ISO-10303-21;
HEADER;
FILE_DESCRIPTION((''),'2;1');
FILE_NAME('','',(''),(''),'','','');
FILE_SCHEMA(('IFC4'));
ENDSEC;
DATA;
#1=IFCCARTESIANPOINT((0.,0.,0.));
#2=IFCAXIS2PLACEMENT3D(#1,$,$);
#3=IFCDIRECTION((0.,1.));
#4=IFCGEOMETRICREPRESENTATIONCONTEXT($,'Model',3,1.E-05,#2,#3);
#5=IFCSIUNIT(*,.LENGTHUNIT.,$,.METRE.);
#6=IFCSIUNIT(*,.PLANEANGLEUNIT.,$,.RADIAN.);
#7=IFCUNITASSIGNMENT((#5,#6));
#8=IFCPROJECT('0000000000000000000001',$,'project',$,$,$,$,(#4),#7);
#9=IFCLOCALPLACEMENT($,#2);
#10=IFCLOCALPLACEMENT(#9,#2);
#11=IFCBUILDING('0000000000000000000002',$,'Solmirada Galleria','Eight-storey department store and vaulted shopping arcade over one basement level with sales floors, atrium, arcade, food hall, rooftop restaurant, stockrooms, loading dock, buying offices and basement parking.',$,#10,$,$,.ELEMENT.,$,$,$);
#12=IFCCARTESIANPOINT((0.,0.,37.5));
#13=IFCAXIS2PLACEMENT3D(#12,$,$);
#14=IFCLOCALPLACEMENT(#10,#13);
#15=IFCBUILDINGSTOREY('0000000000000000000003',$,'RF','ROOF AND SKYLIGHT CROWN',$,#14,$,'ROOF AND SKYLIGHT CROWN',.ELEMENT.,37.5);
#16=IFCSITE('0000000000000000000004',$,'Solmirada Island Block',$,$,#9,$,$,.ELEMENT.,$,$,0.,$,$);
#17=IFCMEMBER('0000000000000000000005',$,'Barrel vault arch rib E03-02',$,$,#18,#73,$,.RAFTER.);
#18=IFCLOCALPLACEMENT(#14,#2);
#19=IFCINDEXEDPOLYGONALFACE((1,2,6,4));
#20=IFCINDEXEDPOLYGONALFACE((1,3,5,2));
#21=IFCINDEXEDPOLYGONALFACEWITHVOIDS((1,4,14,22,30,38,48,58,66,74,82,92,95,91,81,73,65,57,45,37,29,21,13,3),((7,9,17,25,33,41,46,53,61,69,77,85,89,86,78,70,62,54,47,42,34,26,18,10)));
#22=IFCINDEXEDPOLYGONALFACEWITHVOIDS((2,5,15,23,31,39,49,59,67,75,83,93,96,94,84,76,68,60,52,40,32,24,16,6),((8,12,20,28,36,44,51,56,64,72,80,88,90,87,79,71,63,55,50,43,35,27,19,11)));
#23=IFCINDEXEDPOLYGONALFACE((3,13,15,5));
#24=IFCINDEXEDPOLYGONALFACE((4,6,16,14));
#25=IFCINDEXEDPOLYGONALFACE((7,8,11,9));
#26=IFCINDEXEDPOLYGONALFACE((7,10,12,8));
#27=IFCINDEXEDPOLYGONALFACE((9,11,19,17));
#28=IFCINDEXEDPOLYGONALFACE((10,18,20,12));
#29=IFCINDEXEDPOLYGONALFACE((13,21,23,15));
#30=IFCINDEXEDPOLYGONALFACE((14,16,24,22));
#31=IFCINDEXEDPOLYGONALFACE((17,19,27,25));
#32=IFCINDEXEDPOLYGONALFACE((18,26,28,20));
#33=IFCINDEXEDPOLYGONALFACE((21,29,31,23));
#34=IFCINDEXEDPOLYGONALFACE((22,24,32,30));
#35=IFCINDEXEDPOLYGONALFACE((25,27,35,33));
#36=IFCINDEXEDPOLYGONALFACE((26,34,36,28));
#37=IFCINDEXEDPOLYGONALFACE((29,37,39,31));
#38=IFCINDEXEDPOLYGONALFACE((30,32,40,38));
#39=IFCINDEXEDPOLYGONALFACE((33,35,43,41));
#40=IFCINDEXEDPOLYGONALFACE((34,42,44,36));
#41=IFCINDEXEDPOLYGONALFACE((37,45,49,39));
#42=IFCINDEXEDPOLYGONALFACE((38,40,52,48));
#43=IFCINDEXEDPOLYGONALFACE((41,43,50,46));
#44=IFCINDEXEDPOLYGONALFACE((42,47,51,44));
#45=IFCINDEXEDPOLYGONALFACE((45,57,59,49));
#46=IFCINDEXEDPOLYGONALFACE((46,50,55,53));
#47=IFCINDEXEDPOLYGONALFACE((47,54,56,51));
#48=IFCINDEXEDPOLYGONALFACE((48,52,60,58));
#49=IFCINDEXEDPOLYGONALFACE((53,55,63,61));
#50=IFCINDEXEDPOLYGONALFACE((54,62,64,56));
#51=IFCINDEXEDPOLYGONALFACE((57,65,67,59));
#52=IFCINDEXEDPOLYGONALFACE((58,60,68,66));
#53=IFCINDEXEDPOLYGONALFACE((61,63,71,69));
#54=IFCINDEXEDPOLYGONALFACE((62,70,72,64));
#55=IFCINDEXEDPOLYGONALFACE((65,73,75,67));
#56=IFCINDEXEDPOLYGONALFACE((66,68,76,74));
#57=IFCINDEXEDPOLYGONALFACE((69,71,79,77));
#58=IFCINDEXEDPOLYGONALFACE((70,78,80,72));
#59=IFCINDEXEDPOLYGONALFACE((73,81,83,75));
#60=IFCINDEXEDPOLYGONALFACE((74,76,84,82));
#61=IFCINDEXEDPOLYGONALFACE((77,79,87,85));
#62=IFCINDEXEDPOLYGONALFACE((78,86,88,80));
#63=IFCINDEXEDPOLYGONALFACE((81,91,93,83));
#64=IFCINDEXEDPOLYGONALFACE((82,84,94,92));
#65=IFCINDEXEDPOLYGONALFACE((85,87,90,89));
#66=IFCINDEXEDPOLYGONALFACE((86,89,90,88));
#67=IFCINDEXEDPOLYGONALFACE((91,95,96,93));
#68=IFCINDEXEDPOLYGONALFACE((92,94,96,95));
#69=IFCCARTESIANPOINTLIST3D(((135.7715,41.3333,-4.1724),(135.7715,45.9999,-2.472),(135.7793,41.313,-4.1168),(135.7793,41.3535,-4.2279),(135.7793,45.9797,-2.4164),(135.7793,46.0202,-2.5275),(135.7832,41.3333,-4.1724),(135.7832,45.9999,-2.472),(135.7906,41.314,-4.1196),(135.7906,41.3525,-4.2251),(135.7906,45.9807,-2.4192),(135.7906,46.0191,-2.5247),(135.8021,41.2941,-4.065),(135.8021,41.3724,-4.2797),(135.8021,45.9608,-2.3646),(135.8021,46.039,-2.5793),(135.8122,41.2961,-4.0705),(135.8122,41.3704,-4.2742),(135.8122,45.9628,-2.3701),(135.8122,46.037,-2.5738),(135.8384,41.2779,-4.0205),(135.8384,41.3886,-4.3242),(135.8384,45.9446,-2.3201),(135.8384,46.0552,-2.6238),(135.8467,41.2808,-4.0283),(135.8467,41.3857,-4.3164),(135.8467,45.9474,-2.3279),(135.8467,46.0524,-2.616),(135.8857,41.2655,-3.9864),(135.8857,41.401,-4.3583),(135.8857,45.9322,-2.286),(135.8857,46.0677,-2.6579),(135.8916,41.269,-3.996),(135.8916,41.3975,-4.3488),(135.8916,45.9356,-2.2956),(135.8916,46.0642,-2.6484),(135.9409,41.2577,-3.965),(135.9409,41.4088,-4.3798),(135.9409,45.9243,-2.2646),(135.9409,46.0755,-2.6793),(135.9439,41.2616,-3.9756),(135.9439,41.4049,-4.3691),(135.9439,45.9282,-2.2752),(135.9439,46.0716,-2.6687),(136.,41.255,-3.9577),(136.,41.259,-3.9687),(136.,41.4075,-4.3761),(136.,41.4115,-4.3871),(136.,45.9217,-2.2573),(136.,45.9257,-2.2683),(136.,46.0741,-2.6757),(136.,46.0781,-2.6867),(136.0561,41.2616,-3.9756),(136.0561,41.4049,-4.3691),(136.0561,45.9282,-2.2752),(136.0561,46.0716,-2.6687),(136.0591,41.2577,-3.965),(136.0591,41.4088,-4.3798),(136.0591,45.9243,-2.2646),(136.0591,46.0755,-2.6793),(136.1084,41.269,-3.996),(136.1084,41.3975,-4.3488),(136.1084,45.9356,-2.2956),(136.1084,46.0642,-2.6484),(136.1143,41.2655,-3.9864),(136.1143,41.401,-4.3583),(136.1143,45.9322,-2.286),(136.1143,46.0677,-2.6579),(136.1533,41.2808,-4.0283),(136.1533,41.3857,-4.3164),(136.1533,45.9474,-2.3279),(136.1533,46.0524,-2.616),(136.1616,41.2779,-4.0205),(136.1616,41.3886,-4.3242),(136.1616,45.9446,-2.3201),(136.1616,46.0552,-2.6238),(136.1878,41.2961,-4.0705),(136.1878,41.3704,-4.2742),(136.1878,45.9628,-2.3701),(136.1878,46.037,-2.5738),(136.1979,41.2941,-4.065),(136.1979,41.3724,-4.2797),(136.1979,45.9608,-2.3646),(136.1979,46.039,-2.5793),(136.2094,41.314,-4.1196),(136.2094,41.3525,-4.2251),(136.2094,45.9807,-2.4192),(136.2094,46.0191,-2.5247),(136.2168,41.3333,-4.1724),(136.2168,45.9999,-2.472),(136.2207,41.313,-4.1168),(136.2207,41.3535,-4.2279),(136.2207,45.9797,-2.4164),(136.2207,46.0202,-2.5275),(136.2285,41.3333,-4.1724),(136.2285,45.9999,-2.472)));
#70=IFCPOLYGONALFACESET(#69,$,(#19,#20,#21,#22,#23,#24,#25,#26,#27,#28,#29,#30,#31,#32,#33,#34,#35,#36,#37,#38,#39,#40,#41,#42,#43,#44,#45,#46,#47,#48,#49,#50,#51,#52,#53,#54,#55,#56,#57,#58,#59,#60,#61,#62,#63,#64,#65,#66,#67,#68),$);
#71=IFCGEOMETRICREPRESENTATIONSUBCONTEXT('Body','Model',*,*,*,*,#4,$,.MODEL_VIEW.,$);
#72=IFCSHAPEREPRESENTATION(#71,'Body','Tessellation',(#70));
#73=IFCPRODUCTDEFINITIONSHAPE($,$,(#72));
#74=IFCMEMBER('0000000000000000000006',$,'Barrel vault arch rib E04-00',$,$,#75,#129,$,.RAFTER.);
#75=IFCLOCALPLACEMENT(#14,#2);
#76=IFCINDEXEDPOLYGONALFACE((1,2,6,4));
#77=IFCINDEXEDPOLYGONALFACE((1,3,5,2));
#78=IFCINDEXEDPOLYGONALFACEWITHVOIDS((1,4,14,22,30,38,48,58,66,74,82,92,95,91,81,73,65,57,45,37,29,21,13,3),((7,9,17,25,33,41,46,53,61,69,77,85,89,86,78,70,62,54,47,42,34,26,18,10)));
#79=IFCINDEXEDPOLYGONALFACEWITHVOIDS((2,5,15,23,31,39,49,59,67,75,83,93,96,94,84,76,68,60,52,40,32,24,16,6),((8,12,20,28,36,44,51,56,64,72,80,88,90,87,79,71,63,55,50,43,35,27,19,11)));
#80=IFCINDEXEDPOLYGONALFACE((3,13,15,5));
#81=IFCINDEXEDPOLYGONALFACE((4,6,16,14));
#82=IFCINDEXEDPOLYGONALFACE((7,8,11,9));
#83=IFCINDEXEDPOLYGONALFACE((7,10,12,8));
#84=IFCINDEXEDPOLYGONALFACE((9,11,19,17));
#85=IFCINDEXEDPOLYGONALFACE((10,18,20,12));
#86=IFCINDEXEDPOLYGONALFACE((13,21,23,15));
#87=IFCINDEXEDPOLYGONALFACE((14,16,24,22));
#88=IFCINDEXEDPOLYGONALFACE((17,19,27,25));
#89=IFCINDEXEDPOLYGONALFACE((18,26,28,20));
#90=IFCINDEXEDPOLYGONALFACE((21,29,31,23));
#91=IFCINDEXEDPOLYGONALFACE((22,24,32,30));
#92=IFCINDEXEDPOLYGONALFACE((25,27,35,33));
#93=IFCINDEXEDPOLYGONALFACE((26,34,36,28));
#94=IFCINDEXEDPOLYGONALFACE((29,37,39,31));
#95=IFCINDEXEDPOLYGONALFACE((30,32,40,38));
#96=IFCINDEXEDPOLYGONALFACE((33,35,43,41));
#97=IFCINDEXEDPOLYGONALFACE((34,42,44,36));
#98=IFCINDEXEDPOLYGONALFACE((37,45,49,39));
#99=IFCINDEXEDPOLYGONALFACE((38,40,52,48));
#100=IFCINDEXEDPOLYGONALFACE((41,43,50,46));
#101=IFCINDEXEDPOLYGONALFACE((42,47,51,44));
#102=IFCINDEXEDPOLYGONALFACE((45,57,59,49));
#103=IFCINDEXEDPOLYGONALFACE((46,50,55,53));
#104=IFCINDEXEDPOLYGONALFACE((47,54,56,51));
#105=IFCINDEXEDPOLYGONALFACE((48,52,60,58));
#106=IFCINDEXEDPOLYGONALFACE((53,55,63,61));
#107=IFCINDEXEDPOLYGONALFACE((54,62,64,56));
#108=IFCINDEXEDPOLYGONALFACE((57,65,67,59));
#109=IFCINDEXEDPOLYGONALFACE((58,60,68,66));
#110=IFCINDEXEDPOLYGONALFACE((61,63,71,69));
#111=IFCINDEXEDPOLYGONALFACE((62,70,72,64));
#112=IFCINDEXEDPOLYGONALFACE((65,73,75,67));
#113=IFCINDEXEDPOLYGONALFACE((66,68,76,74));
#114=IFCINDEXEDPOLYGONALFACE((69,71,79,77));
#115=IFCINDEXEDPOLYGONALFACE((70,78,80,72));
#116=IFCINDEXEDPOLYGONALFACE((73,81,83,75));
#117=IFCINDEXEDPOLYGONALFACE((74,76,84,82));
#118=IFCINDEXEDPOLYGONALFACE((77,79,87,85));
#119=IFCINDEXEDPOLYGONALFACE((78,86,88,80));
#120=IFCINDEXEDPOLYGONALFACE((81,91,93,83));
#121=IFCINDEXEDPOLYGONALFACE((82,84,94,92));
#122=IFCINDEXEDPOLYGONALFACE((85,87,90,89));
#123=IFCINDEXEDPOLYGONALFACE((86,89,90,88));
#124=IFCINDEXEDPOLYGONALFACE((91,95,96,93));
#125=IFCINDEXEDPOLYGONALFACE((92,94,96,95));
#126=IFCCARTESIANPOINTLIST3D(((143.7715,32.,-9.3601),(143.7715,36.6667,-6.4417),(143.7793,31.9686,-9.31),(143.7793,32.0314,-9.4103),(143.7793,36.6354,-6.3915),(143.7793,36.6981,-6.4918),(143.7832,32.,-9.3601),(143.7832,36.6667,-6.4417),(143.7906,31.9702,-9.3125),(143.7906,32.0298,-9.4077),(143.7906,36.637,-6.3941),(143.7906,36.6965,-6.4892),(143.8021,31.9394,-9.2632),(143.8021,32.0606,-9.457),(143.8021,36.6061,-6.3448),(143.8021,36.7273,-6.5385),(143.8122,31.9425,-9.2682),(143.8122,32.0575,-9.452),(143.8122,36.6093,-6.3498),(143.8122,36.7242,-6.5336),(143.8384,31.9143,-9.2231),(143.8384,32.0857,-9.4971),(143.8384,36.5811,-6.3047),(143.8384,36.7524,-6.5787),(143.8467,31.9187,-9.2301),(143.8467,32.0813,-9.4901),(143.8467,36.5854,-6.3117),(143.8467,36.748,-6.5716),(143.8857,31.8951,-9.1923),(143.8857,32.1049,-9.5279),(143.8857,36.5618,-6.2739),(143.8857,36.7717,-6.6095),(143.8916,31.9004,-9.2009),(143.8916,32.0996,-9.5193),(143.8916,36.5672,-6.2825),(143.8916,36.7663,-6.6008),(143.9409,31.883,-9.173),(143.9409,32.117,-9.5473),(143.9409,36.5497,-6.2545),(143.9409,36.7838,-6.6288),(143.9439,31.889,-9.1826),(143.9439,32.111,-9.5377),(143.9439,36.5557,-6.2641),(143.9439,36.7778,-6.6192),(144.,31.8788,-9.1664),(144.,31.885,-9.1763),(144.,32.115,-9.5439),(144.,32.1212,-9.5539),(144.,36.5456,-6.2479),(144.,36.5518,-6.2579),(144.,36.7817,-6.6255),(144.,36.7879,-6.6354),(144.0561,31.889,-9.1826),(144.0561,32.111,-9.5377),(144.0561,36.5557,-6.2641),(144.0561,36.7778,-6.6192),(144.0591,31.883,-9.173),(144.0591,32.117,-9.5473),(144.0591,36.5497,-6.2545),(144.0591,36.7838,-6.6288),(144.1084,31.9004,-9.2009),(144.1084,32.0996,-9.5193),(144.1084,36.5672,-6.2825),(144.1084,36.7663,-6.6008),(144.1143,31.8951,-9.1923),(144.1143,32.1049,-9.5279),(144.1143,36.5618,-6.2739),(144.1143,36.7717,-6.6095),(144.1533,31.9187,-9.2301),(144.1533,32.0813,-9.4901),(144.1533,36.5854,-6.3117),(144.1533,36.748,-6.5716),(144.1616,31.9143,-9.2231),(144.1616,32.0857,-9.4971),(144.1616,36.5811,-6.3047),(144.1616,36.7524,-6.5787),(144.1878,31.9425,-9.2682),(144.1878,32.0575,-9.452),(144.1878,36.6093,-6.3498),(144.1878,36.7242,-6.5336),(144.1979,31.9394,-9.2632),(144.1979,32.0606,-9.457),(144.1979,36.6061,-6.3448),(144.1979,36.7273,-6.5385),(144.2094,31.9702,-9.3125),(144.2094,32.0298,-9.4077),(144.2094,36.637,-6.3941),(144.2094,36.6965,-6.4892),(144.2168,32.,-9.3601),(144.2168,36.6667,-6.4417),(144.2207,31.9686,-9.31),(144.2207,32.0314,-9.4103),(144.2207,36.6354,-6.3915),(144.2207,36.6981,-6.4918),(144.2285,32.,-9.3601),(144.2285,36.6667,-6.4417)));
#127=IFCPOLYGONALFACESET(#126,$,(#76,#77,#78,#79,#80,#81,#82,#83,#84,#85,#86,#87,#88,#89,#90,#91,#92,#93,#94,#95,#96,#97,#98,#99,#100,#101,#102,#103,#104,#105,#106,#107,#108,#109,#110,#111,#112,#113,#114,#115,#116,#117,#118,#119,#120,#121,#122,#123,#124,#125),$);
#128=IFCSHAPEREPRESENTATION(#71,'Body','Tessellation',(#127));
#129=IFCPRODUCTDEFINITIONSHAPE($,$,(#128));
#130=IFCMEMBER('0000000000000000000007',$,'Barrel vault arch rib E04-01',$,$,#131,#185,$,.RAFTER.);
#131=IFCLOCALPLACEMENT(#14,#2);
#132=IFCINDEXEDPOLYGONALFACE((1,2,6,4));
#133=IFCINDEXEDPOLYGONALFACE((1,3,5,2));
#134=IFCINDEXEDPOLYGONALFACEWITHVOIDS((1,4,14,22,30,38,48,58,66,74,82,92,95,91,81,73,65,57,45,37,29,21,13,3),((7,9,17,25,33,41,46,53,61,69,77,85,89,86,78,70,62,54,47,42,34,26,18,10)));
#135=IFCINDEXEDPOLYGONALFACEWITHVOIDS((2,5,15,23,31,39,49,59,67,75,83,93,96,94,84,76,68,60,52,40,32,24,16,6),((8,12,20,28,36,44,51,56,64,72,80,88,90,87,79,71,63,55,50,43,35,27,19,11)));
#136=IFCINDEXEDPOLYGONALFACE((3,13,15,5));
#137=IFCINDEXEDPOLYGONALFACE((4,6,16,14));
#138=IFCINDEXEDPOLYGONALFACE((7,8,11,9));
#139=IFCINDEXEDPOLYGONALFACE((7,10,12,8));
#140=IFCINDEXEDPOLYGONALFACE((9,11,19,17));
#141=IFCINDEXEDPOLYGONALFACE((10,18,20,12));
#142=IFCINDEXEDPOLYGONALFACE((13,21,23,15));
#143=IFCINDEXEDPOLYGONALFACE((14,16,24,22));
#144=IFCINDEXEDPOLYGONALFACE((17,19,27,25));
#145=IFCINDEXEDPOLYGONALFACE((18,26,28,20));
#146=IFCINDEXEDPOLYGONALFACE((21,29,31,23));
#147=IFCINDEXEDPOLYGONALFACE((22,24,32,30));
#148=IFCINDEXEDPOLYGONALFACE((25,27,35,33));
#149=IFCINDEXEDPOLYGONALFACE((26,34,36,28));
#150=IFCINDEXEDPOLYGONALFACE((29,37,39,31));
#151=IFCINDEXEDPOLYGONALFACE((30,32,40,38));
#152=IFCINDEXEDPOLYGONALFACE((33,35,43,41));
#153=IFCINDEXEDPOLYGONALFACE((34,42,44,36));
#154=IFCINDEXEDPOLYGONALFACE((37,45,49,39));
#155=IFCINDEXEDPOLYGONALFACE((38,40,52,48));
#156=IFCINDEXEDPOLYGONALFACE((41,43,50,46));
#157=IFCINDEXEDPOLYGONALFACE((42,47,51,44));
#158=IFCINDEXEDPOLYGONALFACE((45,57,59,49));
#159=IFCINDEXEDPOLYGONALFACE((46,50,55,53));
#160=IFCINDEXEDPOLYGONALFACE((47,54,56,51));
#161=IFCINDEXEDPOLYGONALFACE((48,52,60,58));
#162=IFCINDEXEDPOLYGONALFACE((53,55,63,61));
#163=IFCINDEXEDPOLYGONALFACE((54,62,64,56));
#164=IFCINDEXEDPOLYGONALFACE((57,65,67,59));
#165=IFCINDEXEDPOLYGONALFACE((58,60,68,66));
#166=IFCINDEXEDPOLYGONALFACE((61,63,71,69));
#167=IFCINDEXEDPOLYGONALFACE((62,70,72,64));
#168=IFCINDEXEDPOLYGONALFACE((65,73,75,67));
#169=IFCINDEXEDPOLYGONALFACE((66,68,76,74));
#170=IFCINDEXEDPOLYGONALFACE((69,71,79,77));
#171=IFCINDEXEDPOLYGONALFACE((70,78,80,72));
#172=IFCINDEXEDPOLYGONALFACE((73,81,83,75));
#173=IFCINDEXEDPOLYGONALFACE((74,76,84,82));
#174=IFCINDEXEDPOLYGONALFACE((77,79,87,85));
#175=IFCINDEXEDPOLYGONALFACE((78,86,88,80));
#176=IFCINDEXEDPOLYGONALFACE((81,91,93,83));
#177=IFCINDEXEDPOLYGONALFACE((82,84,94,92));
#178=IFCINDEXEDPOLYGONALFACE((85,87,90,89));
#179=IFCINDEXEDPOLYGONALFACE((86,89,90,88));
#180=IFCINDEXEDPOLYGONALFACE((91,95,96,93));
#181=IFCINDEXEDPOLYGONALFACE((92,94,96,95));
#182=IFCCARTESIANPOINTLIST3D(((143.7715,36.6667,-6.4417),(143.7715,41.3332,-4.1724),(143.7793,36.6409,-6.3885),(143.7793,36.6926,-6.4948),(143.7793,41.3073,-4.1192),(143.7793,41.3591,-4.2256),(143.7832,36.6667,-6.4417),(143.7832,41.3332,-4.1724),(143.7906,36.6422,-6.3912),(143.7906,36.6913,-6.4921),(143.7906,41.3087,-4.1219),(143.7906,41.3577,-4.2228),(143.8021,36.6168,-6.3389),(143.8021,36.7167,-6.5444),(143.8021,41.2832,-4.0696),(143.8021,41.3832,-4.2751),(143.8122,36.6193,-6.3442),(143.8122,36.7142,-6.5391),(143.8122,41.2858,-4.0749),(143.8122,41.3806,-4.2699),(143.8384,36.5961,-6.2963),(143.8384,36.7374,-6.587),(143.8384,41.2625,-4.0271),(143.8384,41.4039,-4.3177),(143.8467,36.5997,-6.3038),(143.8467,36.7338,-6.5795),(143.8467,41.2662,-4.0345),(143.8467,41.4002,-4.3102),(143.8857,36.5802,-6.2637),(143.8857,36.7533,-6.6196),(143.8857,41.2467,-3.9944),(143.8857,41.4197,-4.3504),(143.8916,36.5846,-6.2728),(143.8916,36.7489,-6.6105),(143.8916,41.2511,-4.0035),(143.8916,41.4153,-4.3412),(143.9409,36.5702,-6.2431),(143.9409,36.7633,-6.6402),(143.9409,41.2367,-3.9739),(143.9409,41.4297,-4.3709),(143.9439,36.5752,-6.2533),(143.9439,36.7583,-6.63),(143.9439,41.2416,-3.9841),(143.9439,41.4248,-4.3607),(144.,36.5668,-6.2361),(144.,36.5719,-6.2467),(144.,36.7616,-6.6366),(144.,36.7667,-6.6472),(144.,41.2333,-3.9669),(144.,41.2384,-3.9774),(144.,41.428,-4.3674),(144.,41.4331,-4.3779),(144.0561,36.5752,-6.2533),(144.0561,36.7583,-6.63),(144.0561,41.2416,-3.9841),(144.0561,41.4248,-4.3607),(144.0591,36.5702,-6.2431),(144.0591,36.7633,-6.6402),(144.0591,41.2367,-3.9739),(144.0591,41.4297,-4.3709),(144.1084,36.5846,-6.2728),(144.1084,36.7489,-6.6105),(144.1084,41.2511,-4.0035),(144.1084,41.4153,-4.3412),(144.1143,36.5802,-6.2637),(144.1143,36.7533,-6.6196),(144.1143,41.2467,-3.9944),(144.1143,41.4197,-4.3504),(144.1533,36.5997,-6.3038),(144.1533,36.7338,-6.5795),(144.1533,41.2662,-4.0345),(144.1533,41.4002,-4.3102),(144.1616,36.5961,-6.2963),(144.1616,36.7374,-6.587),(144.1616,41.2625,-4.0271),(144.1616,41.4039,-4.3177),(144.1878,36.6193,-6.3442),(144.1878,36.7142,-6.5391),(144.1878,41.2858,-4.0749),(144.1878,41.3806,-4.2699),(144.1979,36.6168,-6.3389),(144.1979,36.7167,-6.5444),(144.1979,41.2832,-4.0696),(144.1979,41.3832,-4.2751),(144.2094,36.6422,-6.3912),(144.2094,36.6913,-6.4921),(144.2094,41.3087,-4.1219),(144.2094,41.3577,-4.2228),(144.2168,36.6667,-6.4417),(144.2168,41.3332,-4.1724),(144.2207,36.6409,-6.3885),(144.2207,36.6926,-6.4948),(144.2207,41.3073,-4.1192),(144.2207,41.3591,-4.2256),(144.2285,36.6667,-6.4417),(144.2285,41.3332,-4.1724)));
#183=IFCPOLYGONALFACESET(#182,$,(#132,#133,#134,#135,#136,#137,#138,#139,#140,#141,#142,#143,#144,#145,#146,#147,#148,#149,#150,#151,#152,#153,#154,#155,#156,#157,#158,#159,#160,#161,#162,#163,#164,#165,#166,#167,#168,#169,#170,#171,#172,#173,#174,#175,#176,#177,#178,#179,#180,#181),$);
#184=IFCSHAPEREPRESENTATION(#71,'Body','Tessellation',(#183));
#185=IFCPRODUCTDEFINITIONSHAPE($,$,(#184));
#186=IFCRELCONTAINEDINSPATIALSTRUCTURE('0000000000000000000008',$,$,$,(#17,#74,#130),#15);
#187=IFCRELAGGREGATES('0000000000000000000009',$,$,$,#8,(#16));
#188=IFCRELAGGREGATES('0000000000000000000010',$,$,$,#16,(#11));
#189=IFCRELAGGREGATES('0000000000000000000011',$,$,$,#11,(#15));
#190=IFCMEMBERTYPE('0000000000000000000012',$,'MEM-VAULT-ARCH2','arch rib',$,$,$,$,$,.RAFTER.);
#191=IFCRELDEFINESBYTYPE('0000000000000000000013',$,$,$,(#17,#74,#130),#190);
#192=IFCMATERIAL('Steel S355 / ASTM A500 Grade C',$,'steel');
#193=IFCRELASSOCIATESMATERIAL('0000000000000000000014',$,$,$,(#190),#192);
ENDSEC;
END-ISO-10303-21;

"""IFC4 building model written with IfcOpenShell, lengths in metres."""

from ifc_helpers import new_model, si_unit, direction, frame, origin, origin_2d, place, context, subcontext, project, spatial, hollow_circle, extrude, material, material_profile, profile_set, type_object, element, save


model = new_model("IFC4")

# Units and contexts
model_context = context("Model", 3, precision=1e-05, world=origin(), true_north=direction((0.0, 1.0)))
body_context = subcontext(model_context, "Body", "Model", "MODEL_VIEW")
ifc_project = project(units=[si_unit("LENGTHUNIT", "METRE"), si_unit("PLANEANGLEUNIT", "RADIAN")], contexts=[model_context])

# Site, building, storey
site_placement = place(None, origin())
site = spatial("IfcSite", under=ifc_project, at=site_placement, Name="Solmirada Island Block", CompositionType="ELEMENT", RefElevation=0.0)
building_placement = place(site_placement, origin())
building = spatial("IfcBuilding", under=site, at=building_placement, Name="Solmirada Galleria", Description="Eight-storey department store and vaulted shopping arcade over one basement level with sales floors, atrium, arcade, food hall, rooftop restaurant, stockrooms, loading dock, buying offices and basement parking.", CompositionType="ELEMENT")
storey_placement = place(building_placement, frame((0.0, 0.0, 37.5)))
storey = spatial("IfcBuildingStorey", under=building, at=storey_placement, Name="RF", Description="ROOF AND SKYLIGHT CROWN", LongName="ROOF AND SKYLIGHT CROWN", CompositionType="ELEMENT", Elevation=37.5)

# Members
ifc_material_1 = material(Name="Steel S355 / ASTM A500 Grade C", Category="steel")
ifc_material_profile_1 = material_profile(ifc_material_1, hollow_circle(Radius=0.2285, WallThickness=0.0117, at=origin_2d()), Name="HSS18.000X0.500")
ifc_profile_set_1 = profile_set([ifc_material_profile_1], Name="Steel S355 / ASTM A500 Grade C")
member_type_1 = type_object("IfcMemberType", Name="MEM-VAULT-ARCH2", Description="arch rib", PredefinedType="RAFTER", material=ifc_profile_set_1)
member_1_placement = place(storey_placement, frame((136.0, 41.3333, -4.1724), z_axis=(0.0, 0.939571, 0.342355), x_axis=(-1.0, 0.0, 0.0)))
element("IfcMember", 1, at=member_1_placement, inside=storey, type_object=member_type_1, Name="Barrel vault arch rib E03-02", PredefinedType="RAFTER", context=body_context, shape_type="SweptSolid", body=[
    extrude(hollow_circle(Radius=0.2285, WallThickness=0.0117, at=origin_2d()), origin(), (0.0, 0.0, 1.0), 4.9668),
])
member_2_placement = place(storey_placement, frame((144.0, 32.0, -9.3601), z_axis=(0.0, 0.847856, 0.530226), x_axis=(-1.0, 0.0, 0.0)))
element("IfcMember", 2, at=member_2_placement, inside=storey, type_object=member_type_1, Name="Barrel vault arch rib E04-00", PredefinedType="RAFTER", context=body_context, shape_type="SweptSolid", body=[
    extrude(hollow_circle(Radius=0.2285, WallThickness=0.0117, at=origin_2d()), origin(), (0.0, 0.0, 1.0), 5.5042),
])
member_3_placement = place(storey_placement, frame((144.0, 36.6667, -6.4417), z_axis=(0.0, 0.899304, 0.437325), x_axis=(-1.0, 0.0, 0.0)))
element("IfcMember", 3, at=member_3_placement, inside=storey, type_object=member_type_1, Name="Barrel vault arch rib E04-01", PredefinedType="RAFTER", context=body_context, shape_type="SweptSolid", body=[
    extrude(hollow_circle(Radius=0.2285, WallThickness=0.0117, at=origin_2d()), origin(), (0.0, 0.0, 1.0), 5.189),
])

save(model, "model.ifc")
